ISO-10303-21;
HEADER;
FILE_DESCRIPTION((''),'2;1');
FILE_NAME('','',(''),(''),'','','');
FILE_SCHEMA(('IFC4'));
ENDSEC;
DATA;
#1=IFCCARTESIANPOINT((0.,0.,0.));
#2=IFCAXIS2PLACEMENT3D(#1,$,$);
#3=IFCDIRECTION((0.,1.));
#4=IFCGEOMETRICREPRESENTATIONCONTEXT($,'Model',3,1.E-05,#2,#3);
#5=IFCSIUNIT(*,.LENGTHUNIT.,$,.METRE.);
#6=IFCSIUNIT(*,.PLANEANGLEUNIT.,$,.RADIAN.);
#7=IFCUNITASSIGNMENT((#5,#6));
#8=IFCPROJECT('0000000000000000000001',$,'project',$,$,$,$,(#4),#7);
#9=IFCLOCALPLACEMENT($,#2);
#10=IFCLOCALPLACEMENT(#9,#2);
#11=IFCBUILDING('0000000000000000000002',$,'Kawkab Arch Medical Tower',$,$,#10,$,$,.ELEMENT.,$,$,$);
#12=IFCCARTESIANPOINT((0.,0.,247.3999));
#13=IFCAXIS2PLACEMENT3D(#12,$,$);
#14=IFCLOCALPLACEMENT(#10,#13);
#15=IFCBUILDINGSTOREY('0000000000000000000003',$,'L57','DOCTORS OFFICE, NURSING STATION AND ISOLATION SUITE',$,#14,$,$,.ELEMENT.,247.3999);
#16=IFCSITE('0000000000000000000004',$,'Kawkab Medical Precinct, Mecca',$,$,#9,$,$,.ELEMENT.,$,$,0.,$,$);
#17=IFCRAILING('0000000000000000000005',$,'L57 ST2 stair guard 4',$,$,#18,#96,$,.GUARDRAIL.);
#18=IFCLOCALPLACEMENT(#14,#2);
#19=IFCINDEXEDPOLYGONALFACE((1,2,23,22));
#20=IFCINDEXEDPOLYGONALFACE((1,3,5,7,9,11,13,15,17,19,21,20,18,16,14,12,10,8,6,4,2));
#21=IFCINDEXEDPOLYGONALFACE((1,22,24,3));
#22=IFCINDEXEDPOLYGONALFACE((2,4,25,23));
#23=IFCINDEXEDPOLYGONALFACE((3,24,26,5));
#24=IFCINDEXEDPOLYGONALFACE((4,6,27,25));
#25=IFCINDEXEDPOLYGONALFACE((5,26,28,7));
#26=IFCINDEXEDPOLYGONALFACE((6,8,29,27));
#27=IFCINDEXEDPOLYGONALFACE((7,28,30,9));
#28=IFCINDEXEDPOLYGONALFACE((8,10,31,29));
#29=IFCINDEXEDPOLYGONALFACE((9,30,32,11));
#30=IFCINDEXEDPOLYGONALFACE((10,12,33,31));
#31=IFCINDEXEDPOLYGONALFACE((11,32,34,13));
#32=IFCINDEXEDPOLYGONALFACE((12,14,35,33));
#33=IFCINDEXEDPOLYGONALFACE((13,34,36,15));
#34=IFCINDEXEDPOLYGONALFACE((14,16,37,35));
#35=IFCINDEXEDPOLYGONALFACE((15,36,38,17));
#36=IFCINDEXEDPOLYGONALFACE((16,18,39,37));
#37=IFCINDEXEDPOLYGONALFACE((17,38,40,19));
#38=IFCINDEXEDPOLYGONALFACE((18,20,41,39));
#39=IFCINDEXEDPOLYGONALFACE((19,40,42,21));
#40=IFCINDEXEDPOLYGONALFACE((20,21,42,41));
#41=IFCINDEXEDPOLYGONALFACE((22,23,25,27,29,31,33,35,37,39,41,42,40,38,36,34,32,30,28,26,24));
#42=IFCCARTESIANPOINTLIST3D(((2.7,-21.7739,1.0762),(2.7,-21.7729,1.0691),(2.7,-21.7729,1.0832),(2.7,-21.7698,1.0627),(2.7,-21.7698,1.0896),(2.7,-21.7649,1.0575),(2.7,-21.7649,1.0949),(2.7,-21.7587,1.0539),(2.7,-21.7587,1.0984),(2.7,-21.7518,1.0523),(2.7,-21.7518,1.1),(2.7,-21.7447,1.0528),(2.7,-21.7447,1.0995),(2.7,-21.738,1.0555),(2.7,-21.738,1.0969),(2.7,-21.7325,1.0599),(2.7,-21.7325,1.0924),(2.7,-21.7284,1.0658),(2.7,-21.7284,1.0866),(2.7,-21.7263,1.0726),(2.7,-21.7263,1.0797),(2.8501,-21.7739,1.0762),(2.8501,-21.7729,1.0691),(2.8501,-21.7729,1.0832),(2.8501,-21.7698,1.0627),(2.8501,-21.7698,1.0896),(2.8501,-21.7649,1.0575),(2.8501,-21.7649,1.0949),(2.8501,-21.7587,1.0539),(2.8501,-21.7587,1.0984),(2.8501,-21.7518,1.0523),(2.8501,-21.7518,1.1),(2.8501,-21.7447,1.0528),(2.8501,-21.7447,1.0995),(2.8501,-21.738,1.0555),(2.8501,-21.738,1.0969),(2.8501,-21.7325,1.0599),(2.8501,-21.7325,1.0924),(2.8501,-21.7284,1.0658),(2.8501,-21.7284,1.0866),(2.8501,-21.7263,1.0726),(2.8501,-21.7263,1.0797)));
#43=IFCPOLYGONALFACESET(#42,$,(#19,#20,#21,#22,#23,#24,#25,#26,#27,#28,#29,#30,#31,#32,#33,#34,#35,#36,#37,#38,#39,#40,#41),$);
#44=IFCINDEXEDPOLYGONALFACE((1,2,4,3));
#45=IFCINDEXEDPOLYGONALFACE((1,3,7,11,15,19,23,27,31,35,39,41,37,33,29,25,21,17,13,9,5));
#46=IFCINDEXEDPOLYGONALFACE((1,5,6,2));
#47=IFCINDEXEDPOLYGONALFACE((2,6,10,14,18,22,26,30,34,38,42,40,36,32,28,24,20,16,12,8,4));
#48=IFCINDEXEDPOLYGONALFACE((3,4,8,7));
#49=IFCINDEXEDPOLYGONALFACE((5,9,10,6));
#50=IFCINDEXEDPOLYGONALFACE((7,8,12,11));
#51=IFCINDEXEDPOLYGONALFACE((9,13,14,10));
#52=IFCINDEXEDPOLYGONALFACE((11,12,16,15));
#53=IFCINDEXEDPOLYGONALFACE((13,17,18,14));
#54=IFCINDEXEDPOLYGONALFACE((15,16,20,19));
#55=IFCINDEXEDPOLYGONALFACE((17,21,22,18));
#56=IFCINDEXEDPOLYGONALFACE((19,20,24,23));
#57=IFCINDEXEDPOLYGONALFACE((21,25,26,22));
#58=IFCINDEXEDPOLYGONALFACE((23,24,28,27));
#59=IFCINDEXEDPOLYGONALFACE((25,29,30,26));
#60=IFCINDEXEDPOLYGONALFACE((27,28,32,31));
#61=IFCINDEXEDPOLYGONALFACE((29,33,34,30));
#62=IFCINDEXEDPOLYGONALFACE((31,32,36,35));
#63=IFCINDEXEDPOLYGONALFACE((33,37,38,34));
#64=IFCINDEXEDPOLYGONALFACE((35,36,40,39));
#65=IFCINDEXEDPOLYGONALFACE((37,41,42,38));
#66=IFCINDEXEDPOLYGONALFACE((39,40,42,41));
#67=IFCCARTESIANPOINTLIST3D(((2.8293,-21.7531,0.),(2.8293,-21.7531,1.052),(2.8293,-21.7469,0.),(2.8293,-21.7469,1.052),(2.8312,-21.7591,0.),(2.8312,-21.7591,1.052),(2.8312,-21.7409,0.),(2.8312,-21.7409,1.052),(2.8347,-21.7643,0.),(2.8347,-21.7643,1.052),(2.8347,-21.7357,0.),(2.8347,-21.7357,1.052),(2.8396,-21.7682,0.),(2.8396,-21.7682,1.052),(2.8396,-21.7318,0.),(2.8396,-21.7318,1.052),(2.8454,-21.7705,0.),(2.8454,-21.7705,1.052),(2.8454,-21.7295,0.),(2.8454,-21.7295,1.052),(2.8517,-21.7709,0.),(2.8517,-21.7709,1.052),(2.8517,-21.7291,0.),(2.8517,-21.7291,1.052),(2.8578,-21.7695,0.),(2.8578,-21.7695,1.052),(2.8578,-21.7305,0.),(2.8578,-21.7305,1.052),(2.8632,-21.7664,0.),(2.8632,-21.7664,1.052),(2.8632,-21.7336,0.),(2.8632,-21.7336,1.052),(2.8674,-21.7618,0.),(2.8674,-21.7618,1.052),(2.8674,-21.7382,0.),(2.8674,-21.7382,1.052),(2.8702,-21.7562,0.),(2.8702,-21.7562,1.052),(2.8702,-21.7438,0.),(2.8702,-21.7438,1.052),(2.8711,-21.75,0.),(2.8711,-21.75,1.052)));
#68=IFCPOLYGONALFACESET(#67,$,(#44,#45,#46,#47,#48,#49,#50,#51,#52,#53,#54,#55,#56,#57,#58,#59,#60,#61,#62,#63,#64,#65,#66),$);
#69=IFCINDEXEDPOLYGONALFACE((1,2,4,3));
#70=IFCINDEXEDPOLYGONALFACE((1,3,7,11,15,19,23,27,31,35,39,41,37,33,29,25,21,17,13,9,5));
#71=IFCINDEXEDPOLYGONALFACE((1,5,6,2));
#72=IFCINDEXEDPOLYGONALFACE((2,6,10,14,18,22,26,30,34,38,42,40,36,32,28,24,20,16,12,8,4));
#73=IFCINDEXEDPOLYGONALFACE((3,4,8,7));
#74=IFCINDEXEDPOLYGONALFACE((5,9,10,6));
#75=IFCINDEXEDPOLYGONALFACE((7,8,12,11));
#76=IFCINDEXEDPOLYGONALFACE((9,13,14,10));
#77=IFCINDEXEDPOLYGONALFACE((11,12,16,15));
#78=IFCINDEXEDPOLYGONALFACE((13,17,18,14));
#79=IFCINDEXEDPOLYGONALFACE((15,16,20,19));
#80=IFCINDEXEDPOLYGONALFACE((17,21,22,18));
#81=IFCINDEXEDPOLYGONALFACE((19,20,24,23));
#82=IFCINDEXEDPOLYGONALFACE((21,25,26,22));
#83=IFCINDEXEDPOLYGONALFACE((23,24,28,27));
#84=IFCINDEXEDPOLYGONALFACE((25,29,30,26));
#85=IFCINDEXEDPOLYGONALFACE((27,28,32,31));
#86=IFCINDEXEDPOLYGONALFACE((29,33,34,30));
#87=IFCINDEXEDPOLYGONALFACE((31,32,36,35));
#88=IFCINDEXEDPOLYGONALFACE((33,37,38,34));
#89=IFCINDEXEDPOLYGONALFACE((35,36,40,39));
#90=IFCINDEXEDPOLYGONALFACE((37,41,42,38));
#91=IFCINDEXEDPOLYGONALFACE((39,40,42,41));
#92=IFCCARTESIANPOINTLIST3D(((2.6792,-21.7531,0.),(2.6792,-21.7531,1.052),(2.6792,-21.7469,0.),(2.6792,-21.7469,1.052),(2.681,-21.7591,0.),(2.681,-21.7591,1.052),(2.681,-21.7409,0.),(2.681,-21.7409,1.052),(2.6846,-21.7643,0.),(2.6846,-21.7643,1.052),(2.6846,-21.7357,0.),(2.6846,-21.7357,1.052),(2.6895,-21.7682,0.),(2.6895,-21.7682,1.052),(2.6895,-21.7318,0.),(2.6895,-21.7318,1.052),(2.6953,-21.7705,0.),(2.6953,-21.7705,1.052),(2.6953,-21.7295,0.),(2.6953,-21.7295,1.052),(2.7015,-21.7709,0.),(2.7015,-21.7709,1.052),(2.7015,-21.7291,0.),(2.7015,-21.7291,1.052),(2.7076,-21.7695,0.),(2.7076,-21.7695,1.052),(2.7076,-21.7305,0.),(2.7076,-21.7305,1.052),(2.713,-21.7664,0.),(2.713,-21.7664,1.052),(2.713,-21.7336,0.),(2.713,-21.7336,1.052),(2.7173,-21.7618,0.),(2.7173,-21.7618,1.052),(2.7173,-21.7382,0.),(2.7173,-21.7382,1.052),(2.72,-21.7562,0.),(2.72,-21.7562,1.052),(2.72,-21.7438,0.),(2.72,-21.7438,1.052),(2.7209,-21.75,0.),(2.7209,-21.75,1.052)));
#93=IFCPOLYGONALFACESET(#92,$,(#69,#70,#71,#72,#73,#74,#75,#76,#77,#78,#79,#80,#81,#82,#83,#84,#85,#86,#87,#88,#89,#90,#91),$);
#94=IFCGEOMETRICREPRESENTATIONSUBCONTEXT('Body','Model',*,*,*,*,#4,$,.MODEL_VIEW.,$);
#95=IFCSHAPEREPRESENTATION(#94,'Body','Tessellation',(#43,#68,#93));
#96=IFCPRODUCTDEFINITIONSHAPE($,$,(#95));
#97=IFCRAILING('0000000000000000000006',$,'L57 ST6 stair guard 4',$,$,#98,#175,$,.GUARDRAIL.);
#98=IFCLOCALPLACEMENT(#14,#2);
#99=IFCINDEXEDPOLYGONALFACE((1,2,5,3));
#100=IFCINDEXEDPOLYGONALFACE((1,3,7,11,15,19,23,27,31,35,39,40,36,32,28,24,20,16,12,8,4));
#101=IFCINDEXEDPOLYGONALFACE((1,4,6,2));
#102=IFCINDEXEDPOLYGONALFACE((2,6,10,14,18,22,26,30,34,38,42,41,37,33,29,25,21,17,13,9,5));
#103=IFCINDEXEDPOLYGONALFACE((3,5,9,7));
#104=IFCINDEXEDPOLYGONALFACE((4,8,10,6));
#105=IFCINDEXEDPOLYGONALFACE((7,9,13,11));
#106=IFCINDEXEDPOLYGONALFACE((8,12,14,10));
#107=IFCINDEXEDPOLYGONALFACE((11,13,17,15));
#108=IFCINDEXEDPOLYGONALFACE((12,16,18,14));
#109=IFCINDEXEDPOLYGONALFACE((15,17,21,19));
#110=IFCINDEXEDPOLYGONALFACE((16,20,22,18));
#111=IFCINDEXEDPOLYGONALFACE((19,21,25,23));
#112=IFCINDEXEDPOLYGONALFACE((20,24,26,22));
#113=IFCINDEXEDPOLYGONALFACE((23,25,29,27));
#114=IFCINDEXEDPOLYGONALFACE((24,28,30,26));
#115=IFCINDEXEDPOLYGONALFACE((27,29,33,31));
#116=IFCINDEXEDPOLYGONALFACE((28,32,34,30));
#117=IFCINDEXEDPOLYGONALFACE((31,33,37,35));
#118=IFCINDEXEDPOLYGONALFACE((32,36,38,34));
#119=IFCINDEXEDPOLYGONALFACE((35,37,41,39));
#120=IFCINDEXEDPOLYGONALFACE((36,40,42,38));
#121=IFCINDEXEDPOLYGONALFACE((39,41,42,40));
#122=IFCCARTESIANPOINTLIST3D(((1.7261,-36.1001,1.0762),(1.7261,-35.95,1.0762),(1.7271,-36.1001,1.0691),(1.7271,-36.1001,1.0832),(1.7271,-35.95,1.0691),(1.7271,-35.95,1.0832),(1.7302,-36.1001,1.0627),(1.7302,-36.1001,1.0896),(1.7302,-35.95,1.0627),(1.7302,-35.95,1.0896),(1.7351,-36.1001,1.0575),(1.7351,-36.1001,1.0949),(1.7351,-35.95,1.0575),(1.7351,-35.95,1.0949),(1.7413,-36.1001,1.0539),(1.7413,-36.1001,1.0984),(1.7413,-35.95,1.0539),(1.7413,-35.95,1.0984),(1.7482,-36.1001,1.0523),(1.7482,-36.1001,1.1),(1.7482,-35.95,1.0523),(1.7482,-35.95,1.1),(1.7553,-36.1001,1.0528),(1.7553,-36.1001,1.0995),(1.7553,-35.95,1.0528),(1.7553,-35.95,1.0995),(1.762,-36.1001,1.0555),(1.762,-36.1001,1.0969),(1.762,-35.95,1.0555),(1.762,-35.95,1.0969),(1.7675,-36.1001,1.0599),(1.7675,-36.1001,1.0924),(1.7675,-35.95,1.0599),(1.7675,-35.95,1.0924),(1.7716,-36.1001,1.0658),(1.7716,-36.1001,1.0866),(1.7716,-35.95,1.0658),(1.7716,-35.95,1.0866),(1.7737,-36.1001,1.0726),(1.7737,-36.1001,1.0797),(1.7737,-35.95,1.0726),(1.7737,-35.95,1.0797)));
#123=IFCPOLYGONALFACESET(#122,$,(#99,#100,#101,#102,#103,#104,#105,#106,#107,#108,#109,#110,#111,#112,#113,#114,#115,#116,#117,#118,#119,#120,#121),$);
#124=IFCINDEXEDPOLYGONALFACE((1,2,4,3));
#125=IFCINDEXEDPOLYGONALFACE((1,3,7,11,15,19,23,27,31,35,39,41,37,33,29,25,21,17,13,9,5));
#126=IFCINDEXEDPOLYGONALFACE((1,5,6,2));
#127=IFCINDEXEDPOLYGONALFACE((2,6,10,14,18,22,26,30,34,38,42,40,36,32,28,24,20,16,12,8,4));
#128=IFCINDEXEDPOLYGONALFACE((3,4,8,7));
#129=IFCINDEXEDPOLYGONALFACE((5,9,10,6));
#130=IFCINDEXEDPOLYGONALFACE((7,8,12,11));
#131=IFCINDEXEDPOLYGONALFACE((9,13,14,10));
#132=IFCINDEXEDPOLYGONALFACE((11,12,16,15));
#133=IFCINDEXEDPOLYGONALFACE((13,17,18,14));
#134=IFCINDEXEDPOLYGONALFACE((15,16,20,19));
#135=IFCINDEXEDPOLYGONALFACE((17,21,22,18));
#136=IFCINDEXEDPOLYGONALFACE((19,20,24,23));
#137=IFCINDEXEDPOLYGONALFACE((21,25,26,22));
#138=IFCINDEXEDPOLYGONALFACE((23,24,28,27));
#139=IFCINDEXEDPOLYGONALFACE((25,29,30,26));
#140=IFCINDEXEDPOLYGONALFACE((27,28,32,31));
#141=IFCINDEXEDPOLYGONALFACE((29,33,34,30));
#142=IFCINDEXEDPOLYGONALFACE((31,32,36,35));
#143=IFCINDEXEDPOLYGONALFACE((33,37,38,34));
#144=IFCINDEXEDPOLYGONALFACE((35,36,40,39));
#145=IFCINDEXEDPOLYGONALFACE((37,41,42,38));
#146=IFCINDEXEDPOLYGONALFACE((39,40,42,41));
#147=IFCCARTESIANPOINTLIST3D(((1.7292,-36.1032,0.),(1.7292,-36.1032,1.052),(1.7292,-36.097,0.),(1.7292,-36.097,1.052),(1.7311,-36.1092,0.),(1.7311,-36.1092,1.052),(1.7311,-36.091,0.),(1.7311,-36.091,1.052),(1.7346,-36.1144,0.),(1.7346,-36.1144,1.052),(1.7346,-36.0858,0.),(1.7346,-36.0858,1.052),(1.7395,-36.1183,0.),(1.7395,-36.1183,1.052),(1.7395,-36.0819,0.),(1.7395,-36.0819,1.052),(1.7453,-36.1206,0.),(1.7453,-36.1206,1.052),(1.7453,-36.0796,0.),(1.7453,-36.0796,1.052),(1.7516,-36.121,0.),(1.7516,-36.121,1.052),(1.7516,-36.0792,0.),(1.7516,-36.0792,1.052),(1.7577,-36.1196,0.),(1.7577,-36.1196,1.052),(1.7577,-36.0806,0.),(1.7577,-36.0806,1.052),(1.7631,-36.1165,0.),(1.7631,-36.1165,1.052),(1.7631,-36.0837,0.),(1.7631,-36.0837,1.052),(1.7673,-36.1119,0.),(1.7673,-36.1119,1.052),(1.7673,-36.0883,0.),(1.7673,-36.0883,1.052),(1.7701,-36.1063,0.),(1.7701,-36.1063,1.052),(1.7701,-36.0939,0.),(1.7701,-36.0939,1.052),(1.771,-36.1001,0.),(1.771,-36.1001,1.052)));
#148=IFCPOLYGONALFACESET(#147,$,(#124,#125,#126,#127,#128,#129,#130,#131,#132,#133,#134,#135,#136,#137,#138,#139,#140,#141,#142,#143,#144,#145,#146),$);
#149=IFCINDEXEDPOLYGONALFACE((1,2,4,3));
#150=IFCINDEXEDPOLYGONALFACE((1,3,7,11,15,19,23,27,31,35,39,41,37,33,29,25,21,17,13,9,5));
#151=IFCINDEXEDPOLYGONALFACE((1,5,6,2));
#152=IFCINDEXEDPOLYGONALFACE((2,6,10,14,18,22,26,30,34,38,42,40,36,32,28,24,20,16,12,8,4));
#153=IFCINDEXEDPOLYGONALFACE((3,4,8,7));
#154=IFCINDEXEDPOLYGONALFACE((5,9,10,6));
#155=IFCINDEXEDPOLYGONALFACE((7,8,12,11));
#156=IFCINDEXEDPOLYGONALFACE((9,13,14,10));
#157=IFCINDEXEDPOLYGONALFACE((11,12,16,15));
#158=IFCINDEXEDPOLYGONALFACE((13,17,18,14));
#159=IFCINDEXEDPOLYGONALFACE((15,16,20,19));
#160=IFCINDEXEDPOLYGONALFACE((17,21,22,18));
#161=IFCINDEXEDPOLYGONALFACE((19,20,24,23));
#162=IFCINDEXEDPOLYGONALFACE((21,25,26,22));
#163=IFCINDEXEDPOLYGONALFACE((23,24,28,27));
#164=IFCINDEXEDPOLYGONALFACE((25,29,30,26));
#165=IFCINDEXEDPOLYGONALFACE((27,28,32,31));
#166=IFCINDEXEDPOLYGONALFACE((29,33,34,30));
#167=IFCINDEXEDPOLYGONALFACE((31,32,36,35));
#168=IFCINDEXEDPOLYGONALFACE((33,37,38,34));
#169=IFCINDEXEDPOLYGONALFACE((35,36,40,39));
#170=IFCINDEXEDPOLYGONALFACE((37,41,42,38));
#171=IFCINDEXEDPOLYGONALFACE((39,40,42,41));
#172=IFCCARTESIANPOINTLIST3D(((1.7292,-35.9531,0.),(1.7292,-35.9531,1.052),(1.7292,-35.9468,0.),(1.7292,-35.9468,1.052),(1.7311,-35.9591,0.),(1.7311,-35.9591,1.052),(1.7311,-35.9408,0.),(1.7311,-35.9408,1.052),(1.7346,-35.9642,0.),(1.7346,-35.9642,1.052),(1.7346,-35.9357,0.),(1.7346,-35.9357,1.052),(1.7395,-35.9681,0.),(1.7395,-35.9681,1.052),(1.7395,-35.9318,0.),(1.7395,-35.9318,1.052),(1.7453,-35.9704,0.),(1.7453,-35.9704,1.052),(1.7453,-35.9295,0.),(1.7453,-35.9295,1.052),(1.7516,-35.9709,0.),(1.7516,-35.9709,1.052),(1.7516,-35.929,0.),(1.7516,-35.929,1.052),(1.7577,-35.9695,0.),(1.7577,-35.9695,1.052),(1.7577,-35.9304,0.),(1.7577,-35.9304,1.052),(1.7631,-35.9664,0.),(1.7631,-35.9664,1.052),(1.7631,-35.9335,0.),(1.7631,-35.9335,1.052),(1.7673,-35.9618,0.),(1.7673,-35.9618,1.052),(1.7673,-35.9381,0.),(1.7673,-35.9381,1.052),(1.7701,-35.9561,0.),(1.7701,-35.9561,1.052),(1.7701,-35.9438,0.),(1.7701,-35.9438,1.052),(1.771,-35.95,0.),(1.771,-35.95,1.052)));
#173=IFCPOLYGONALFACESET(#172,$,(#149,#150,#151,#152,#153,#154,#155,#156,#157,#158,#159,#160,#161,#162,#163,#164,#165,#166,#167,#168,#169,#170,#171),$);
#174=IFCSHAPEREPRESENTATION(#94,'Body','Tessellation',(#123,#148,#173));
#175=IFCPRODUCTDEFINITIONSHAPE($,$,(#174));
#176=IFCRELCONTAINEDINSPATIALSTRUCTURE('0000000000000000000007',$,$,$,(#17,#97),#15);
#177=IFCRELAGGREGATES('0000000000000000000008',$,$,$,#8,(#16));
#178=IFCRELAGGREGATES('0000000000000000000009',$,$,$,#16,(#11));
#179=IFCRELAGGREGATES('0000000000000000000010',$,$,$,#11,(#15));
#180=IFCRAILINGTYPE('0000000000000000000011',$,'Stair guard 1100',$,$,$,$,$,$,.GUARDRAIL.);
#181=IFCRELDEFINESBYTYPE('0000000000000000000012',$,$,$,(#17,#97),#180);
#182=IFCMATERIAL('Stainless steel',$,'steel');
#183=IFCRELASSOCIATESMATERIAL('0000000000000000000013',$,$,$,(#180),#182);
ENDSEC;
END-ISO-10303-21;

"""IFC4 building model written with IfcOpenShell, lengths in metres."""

from ifc_helpers import new_model, si_unit, direction, frame, origin, origin_2d, place, context, subcontext, project, spatial, circle, extrude, material, type_object, element, save


model = new_model("IFC4")

# Units and contexts
model_context = context("Model", 3, precision=1e-05, world=origin(), true_north=direction((0.0, 1.0)))
body_context = subcontext(model_context, "Body", "Model", "MODEL_VIEW")
ifc_project = project(units=[si_unit("LENGTHUNIT", "METRE"), si_unit("PLANEANGLEUNIT", "RADIAN")], contexts=[model_context])

# Site, building, storey
site_placement = place(None, origin())
site = spatial("IfcSite", under=ifc_project, at=site_placement, Name="Kawkab Medical Precinct, Mecca", CompositionType="ELEMENT", RefElevation=0.0)
building_placement = place(site_placement, origin())
building = spatial("IfcBuilding", under=site, at=building_placement, Name="Kawkab Arch Medical Tower", CompositionType="ELEMENT")
storey_placement = place(building_placement, frame((0.0, 0.0, 247.3999)))
storey = spatial("IfcBuildingStorey", under=building, at=storey_placement, Name="L57", Description="DOCTORS OFFICE, NURSING STATION AND ISOLATION SUITE", CompositionType="ELEMENT", Elevation=247.3999)

# Railings
ifc_material_1 = material(Name="Stainless steel", Category="steel")
railing_type_1 = type_object("IfcRailingType", Name="Stair guard 1100", PredefinedType="GUARDRAIL", material=ifc_material_1)
railing_1_placement = place(storey_placement, frame((2.8501, -21.75, 0.0)))
element("IfcRailing", 1, at=railing_1_placement, inside=storey, type_object=railing_type_1, Name="L57 ST2 stair guard 4", PredefinedType="GUARDRAIL", context=body_context, shape_type="SweptSolid", body=[
    extrude(circle(Radius=0.0239, at=origin_2d()), frame((0.0, 0.0, 1.0762), z_axis=(-1.0, 0.0, 0.0), x_axis=(0.0, -1.0, 0.0)), (0.0, 0.0, 1.0), 0.1501),
    extrude(circle(Radius=0.021, at=origin_2d()), origin(), (0.0, 0.0, 1.0), 1.052),
    extrude(circle(Radius=0.021, at=origin_2d()), frame((-0.1501, 0.0, 0.0)), (0.0, 0.0, 1.0), 1.052),
])
railing_2_placement = place(storey_placement, frame((1.75, -36.1001, 0.0)))
element("IfcRailing", 2, at=railing_2_placement, inside=storey, type_object=railing_type_1, Name="L57 ST6 stair guard 4", PredefinedType="GUARDRAIL", context=body_context, shape_type="SweptSolid", body=[
    extrude(circle(Radius=0.0239, at=origin_2d()), frame((0.0, 0.0, 1.0762), z_axis=(0.0, 1.0, 0.0), x_axis=(-1.0, 0.0, 0.0)), (0.0, 0.0, 1.0), 0.1501),
    extrude(circle(Radius=0.021, at=origin_2d()), origin(), (0.0, 0.0, 1.0), 1.052),
    extrude(circle(Radius=0.021, at=origin_2d()), frame((0.0, 0.1501, 0.0)), (0.0, 0.0, 1.0), 1.052),
])

save(model, "model.ifc")
